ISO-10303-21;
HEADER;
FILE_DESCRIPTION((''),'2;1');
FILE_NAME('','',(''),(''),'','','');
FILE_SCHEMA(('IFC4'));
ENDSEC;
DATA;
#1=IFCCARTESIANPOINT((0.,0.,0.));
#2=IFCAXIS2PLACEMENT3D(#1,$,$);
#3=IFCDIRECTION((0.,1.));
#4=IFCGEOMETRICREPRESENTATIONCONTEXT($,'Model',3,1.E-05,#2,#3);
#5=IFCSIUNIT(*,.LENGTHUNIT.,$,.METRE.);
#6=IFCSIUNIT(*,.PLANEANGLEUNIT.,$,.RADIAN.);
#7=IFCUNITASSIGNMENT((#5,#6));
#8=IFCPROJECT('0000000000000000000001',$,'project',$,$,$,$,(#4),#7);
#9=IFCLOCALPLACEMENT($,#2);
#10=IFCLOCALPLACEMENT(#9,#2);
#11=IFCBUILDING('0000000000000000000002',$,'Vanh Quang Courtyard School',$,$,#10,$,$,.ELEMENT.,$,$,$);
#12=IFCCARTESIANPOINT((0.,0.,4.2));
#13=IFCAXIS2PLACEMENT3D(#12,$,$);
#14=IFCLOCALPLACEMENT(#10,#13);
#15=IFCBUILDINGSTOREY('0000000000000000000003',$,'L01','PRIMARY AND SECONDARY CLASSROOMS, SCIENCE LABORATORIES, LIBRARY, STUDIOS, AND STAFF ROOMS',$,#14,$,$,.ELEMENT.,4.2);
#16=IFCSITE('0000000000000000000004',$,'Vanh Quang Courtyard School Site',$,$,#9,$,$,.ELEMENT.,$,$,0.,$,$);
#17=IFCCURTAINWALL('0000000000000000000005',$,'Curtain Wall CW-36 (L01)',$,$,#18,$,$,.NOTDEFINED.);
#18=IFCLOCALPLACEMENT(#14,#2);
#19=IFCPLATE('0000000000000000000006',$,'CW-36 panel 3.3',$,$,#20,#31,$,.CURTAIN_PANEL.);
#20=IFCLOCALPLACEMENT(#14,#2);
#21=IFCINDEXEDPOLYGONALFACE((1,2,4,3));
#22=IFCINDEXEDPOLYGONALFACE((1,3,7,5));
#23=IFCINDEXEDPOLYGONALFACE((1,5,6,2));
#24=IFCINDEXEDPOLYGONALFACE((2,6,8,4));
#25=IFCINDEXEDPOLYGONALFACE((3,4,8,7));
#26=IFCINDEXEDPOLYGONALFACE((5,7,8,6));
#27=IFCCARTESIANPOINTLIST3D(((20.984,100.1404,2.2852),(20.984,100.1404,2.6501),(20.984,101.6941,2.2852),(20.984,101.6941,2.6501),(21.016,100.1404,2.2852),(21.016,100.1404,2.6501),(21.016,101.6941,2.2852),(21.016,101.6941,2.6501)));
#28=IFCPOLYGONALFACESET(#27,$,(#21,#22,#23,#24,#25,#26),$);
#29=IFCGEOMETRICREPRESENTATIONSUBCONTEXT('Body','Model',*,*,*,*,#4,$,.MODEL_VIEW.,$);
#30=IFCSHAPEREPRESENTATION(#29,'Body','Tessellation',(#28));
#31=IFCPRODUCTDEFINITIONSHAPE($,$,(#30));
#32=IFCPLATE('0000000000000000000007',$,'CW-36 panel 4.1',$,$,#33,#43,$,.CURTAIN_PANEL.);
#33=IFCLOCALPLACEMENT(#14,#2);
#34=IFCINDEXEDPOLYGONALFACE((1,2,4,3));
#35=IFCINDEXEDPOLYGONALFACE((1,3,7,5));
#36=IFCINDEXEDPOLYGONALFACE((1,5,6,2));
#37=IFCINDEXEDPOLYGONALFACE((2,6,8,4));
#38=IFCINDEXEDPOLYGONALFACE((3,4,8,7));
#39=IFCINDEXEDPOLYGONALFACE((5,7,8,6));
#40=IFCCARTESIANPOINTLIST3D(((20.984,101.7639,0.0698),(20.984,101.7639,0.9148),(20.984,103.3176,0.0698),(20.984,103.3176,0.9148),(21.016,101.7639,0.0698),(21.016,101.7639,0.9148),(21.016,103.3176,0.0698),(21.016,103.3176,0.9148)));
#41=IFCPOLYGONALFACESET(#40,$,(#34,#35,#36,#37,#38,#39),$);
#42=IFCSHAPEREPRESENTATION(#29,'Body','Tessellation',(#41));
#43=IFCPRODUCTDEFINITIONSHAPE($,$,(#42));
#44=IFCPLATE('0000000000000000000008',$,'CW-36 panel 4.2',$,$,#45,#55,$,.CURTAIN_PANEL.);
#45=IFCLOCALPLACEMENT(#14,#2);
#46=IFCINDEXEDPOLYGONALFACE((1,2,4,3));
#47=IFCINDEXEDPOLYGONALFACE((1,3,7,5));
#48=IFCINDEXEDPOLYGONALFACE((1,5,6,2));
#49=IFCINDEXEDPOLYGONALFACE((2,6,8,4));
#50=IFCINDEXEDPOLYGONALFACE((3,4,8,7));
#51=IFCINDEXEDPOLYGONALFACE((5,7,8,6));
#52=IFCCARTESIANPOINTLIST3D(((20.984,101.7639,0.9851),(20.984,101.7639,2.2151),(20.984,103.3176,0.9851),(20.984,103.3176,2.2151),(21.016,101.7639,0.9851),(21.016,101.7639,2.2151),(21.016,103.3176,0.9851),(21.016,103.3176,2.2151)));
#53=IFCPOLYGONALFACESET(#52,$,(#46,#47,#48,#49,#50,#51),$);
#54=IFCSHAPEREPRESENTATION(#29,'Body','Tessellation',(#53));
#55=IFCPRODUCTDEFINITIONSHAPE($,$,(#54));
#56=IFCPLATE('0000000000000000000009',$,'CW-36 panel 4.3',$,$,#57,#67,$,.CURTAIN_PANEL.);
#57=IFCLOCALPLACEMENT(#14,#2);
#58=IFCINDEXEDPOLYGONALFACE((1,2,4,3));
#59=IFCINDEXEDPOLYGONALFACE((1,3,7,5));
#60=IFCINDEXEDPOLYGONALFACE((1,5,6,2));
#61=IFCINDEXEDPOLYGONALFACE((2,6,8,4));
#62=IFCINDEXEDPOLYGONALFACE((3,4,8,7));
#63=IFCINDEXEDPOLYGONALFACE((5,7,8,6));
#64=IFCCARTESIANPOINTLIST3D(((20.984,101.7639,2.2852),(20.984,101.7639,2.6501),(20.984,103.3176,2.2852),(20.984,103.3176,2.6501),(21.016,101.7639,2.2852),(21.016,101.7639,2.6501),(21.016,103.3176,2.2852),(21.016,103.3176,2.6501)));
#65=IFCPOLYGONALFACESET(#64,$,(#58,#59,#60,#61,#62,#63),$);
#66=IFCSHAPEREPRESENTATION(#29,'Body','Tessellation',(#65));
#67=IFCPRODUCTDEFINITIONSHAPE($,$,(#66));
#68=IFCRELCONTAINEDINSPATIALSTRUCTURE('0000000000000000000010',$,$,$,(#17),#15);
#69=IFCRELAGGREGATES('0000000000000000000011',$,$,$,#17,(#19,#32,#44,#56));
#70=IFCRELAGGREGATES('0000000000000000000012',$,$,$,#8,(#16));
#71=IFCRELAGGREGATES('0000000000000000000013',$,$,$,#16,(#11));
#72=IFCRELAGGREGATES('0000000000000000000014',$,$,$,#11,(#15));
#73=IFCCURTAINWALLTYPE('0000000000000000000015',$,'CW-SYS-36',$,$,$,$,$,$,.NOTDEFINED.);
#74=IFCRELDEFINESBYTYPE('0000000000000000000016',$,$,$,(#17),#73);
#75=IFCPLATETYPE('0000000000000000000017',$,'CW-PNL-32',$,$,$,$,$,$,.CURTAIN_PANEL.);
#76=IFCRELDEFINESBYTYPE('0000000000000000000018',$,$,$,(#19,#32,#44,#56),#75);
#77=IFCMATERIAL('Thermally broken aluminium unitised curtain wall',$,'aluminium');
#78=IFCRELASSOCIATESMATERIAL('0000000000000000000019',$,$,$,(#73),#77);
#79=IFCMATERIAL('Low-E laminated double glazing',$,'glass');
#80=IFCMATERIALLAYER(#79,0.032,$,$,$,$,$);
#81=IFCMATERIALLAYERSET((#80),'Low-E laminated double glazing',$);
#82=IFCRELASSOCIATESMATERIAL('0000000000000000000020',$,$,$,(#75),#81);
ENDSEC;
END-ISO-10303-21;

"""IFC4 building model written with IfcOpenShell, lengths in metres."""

from ifc_helpers import new_model, si_unit, direction, frame, origin, origin_2d, place, context, subcontext, project, spatial, rectangle, extrude, material, layer, layer_set, type_object, element, aggregate, save


model = new_model("IFC4")

# Units and contexts
model_context = context("Model", 3, precision=1e-05, world=origin(), true_north=direction((0.0, 1.0)))
body_context = subcontext(model_context, "Body", "Model", "MODEL_VIEW")
ifc_project = project(units=[si_unit("LENGTHUNIT", "METRE"), si_unit("PLANEANGLEUNIT", "RADIAN")], contexts=[model_context])

# Site, building, storey
site_placement = place(None, origin())
site = spatial("IfcSite", under=ifc_project, at=site_placement, Name="Vanh Quang Courtyard School Site", CompositionType="ELEMENT", RefElevation=0.0)
building_placement = place(site_placement, origin())
building = spatial("IfcBuilding", under=site, at=building_placement, Name="Vanh Quang Courtyard School", CompositionType="ELEMENT")
storey_placement = place(building_placement, frame((0.0, 0.0, 4.2)))
storey = spatial("IfcBuildingStorey", under=building, at=storey_placement, Name="L01", Description="PRIMARY AND SECONDARY CLASSROOMS, SCIENCE LABORATORIES, LIBRARY, STUDIOS, AND STAFF ROOMS", CompositionType="ELEMENT", Elevation=4.2)

# Curtain wall
ifc_material_1 = material(Name="Thermally broken aluminium unitised curtain wall", Category="aluminium")
curtain_wall_type = type_object("IfcCurtainWallType", Name="CW-SYS-36", PredefinedType="NOTDEFINED", material=ifc_material_1)
curtain_wall_placement = place(storey_placement, origin())
curtain_wall = element("IfcCurtainWall", 1, at=curtain_wall_placement, inside=storey, type_object=curtain_wall_type, Name="Curtain Wall CW-36 (L01)", PredefinedType="NOTDEFINED")

# Plates
ifc_material_2 = material(Name="Low-E laminated double glazing", Category="glass")
ifc_layer = layer(ifc_material_2, 0.032)
ifc_layer_set = layer_set([ifc_layer], Name="Low-E laminated double glazing")
plate_type = type_object("IfcPlateType", Name="CW-PNL-32", PredefinedType="CURTAIN_PANEL", material=ifc_layer_set)
plate_1_placement = place(storey_placement, frame((21.0, 100.9172, 2.2852), z_axis=(0.0, 0.0, 1.0), x_axis=(0.0, 1.0, 0.0)))
plate_1 = element("IfcPlate", 2, at=plate_1_placement, type_object=plate_type, Name="CW-36 panel 3.3", PredefinedType="CURTAIN_PANEL", context=body_context, shape_type="SweptSolid", body=[
    extrude(rectangle(XDim=1.5537, YDim=0.032, at=origin_2d()), origin(), (0.0, 0.0, 1.0), 0.365),
])
plate_2_placement = place(storey_placement, frame((21.0, 102.5408, 0.0698), z_axis=(0.0, 0.0, 1.0), x_axis=(0.0, 1.0, 0.0)))
plate_2 = element("IfcPlate", 3, at=plate_2_placement, type_object=plate_type, Name="CW-36 panel 4.1", PredefinedType="CURTAIN_PANEL", context=body_context, shape_type="SweptSolid", body=[
    extrude(rectangle(XDim=1.5537, YDim=0.032, at=origin_2d()), origin(), (0.0, 0.0, 1.0), 0.845),
])
plate_3_placement = place(storey_placement, frame((21.0, 102.5408, 0.9851), z_axis=(0.0, 0.0, 1.0), x_axis=(0.0, 1.0, 0.0)))
plate_3 = element("IfcPlate", 4, at=plate_3_placement, type_object=plate_type, Name="CW-36 panel 4.2", PredefinedType="CURTAIN_PANEL", context=body_context, shape_type="SweptSolid", body=[
    extrude(rectangle(XDim=1.5537, YDim=0.032, at=origin_2d()), origin(), (0.0, 0.0, 1.0), 1.23),
])
plate_4_placement = place(storey_placement, frame((21.0, 102.5408, 2.2852), z_axis=(0.0, 0.0, 1.0), x_axis=(0.0, 1.0, 0.0)))
plate_4 = element("IfcPlate", 5, at=plate_4_placement, type_object=plate_type, Name="CW-36 panel 4.3", PredefinedType="CURTAIN_PANEL", context=body_context, shape_type="SweptSolid", body=[
    extrude(rectangle(XDim=1.5537, YDim=0.032, at=origin_2d()), origin(), (0.0, 0.0, 1.0), 0.365),
])
aggregate(curtain_wall, [plate_1, plate_2, plate_3, plate_4])

save(model, "model.ifc")
